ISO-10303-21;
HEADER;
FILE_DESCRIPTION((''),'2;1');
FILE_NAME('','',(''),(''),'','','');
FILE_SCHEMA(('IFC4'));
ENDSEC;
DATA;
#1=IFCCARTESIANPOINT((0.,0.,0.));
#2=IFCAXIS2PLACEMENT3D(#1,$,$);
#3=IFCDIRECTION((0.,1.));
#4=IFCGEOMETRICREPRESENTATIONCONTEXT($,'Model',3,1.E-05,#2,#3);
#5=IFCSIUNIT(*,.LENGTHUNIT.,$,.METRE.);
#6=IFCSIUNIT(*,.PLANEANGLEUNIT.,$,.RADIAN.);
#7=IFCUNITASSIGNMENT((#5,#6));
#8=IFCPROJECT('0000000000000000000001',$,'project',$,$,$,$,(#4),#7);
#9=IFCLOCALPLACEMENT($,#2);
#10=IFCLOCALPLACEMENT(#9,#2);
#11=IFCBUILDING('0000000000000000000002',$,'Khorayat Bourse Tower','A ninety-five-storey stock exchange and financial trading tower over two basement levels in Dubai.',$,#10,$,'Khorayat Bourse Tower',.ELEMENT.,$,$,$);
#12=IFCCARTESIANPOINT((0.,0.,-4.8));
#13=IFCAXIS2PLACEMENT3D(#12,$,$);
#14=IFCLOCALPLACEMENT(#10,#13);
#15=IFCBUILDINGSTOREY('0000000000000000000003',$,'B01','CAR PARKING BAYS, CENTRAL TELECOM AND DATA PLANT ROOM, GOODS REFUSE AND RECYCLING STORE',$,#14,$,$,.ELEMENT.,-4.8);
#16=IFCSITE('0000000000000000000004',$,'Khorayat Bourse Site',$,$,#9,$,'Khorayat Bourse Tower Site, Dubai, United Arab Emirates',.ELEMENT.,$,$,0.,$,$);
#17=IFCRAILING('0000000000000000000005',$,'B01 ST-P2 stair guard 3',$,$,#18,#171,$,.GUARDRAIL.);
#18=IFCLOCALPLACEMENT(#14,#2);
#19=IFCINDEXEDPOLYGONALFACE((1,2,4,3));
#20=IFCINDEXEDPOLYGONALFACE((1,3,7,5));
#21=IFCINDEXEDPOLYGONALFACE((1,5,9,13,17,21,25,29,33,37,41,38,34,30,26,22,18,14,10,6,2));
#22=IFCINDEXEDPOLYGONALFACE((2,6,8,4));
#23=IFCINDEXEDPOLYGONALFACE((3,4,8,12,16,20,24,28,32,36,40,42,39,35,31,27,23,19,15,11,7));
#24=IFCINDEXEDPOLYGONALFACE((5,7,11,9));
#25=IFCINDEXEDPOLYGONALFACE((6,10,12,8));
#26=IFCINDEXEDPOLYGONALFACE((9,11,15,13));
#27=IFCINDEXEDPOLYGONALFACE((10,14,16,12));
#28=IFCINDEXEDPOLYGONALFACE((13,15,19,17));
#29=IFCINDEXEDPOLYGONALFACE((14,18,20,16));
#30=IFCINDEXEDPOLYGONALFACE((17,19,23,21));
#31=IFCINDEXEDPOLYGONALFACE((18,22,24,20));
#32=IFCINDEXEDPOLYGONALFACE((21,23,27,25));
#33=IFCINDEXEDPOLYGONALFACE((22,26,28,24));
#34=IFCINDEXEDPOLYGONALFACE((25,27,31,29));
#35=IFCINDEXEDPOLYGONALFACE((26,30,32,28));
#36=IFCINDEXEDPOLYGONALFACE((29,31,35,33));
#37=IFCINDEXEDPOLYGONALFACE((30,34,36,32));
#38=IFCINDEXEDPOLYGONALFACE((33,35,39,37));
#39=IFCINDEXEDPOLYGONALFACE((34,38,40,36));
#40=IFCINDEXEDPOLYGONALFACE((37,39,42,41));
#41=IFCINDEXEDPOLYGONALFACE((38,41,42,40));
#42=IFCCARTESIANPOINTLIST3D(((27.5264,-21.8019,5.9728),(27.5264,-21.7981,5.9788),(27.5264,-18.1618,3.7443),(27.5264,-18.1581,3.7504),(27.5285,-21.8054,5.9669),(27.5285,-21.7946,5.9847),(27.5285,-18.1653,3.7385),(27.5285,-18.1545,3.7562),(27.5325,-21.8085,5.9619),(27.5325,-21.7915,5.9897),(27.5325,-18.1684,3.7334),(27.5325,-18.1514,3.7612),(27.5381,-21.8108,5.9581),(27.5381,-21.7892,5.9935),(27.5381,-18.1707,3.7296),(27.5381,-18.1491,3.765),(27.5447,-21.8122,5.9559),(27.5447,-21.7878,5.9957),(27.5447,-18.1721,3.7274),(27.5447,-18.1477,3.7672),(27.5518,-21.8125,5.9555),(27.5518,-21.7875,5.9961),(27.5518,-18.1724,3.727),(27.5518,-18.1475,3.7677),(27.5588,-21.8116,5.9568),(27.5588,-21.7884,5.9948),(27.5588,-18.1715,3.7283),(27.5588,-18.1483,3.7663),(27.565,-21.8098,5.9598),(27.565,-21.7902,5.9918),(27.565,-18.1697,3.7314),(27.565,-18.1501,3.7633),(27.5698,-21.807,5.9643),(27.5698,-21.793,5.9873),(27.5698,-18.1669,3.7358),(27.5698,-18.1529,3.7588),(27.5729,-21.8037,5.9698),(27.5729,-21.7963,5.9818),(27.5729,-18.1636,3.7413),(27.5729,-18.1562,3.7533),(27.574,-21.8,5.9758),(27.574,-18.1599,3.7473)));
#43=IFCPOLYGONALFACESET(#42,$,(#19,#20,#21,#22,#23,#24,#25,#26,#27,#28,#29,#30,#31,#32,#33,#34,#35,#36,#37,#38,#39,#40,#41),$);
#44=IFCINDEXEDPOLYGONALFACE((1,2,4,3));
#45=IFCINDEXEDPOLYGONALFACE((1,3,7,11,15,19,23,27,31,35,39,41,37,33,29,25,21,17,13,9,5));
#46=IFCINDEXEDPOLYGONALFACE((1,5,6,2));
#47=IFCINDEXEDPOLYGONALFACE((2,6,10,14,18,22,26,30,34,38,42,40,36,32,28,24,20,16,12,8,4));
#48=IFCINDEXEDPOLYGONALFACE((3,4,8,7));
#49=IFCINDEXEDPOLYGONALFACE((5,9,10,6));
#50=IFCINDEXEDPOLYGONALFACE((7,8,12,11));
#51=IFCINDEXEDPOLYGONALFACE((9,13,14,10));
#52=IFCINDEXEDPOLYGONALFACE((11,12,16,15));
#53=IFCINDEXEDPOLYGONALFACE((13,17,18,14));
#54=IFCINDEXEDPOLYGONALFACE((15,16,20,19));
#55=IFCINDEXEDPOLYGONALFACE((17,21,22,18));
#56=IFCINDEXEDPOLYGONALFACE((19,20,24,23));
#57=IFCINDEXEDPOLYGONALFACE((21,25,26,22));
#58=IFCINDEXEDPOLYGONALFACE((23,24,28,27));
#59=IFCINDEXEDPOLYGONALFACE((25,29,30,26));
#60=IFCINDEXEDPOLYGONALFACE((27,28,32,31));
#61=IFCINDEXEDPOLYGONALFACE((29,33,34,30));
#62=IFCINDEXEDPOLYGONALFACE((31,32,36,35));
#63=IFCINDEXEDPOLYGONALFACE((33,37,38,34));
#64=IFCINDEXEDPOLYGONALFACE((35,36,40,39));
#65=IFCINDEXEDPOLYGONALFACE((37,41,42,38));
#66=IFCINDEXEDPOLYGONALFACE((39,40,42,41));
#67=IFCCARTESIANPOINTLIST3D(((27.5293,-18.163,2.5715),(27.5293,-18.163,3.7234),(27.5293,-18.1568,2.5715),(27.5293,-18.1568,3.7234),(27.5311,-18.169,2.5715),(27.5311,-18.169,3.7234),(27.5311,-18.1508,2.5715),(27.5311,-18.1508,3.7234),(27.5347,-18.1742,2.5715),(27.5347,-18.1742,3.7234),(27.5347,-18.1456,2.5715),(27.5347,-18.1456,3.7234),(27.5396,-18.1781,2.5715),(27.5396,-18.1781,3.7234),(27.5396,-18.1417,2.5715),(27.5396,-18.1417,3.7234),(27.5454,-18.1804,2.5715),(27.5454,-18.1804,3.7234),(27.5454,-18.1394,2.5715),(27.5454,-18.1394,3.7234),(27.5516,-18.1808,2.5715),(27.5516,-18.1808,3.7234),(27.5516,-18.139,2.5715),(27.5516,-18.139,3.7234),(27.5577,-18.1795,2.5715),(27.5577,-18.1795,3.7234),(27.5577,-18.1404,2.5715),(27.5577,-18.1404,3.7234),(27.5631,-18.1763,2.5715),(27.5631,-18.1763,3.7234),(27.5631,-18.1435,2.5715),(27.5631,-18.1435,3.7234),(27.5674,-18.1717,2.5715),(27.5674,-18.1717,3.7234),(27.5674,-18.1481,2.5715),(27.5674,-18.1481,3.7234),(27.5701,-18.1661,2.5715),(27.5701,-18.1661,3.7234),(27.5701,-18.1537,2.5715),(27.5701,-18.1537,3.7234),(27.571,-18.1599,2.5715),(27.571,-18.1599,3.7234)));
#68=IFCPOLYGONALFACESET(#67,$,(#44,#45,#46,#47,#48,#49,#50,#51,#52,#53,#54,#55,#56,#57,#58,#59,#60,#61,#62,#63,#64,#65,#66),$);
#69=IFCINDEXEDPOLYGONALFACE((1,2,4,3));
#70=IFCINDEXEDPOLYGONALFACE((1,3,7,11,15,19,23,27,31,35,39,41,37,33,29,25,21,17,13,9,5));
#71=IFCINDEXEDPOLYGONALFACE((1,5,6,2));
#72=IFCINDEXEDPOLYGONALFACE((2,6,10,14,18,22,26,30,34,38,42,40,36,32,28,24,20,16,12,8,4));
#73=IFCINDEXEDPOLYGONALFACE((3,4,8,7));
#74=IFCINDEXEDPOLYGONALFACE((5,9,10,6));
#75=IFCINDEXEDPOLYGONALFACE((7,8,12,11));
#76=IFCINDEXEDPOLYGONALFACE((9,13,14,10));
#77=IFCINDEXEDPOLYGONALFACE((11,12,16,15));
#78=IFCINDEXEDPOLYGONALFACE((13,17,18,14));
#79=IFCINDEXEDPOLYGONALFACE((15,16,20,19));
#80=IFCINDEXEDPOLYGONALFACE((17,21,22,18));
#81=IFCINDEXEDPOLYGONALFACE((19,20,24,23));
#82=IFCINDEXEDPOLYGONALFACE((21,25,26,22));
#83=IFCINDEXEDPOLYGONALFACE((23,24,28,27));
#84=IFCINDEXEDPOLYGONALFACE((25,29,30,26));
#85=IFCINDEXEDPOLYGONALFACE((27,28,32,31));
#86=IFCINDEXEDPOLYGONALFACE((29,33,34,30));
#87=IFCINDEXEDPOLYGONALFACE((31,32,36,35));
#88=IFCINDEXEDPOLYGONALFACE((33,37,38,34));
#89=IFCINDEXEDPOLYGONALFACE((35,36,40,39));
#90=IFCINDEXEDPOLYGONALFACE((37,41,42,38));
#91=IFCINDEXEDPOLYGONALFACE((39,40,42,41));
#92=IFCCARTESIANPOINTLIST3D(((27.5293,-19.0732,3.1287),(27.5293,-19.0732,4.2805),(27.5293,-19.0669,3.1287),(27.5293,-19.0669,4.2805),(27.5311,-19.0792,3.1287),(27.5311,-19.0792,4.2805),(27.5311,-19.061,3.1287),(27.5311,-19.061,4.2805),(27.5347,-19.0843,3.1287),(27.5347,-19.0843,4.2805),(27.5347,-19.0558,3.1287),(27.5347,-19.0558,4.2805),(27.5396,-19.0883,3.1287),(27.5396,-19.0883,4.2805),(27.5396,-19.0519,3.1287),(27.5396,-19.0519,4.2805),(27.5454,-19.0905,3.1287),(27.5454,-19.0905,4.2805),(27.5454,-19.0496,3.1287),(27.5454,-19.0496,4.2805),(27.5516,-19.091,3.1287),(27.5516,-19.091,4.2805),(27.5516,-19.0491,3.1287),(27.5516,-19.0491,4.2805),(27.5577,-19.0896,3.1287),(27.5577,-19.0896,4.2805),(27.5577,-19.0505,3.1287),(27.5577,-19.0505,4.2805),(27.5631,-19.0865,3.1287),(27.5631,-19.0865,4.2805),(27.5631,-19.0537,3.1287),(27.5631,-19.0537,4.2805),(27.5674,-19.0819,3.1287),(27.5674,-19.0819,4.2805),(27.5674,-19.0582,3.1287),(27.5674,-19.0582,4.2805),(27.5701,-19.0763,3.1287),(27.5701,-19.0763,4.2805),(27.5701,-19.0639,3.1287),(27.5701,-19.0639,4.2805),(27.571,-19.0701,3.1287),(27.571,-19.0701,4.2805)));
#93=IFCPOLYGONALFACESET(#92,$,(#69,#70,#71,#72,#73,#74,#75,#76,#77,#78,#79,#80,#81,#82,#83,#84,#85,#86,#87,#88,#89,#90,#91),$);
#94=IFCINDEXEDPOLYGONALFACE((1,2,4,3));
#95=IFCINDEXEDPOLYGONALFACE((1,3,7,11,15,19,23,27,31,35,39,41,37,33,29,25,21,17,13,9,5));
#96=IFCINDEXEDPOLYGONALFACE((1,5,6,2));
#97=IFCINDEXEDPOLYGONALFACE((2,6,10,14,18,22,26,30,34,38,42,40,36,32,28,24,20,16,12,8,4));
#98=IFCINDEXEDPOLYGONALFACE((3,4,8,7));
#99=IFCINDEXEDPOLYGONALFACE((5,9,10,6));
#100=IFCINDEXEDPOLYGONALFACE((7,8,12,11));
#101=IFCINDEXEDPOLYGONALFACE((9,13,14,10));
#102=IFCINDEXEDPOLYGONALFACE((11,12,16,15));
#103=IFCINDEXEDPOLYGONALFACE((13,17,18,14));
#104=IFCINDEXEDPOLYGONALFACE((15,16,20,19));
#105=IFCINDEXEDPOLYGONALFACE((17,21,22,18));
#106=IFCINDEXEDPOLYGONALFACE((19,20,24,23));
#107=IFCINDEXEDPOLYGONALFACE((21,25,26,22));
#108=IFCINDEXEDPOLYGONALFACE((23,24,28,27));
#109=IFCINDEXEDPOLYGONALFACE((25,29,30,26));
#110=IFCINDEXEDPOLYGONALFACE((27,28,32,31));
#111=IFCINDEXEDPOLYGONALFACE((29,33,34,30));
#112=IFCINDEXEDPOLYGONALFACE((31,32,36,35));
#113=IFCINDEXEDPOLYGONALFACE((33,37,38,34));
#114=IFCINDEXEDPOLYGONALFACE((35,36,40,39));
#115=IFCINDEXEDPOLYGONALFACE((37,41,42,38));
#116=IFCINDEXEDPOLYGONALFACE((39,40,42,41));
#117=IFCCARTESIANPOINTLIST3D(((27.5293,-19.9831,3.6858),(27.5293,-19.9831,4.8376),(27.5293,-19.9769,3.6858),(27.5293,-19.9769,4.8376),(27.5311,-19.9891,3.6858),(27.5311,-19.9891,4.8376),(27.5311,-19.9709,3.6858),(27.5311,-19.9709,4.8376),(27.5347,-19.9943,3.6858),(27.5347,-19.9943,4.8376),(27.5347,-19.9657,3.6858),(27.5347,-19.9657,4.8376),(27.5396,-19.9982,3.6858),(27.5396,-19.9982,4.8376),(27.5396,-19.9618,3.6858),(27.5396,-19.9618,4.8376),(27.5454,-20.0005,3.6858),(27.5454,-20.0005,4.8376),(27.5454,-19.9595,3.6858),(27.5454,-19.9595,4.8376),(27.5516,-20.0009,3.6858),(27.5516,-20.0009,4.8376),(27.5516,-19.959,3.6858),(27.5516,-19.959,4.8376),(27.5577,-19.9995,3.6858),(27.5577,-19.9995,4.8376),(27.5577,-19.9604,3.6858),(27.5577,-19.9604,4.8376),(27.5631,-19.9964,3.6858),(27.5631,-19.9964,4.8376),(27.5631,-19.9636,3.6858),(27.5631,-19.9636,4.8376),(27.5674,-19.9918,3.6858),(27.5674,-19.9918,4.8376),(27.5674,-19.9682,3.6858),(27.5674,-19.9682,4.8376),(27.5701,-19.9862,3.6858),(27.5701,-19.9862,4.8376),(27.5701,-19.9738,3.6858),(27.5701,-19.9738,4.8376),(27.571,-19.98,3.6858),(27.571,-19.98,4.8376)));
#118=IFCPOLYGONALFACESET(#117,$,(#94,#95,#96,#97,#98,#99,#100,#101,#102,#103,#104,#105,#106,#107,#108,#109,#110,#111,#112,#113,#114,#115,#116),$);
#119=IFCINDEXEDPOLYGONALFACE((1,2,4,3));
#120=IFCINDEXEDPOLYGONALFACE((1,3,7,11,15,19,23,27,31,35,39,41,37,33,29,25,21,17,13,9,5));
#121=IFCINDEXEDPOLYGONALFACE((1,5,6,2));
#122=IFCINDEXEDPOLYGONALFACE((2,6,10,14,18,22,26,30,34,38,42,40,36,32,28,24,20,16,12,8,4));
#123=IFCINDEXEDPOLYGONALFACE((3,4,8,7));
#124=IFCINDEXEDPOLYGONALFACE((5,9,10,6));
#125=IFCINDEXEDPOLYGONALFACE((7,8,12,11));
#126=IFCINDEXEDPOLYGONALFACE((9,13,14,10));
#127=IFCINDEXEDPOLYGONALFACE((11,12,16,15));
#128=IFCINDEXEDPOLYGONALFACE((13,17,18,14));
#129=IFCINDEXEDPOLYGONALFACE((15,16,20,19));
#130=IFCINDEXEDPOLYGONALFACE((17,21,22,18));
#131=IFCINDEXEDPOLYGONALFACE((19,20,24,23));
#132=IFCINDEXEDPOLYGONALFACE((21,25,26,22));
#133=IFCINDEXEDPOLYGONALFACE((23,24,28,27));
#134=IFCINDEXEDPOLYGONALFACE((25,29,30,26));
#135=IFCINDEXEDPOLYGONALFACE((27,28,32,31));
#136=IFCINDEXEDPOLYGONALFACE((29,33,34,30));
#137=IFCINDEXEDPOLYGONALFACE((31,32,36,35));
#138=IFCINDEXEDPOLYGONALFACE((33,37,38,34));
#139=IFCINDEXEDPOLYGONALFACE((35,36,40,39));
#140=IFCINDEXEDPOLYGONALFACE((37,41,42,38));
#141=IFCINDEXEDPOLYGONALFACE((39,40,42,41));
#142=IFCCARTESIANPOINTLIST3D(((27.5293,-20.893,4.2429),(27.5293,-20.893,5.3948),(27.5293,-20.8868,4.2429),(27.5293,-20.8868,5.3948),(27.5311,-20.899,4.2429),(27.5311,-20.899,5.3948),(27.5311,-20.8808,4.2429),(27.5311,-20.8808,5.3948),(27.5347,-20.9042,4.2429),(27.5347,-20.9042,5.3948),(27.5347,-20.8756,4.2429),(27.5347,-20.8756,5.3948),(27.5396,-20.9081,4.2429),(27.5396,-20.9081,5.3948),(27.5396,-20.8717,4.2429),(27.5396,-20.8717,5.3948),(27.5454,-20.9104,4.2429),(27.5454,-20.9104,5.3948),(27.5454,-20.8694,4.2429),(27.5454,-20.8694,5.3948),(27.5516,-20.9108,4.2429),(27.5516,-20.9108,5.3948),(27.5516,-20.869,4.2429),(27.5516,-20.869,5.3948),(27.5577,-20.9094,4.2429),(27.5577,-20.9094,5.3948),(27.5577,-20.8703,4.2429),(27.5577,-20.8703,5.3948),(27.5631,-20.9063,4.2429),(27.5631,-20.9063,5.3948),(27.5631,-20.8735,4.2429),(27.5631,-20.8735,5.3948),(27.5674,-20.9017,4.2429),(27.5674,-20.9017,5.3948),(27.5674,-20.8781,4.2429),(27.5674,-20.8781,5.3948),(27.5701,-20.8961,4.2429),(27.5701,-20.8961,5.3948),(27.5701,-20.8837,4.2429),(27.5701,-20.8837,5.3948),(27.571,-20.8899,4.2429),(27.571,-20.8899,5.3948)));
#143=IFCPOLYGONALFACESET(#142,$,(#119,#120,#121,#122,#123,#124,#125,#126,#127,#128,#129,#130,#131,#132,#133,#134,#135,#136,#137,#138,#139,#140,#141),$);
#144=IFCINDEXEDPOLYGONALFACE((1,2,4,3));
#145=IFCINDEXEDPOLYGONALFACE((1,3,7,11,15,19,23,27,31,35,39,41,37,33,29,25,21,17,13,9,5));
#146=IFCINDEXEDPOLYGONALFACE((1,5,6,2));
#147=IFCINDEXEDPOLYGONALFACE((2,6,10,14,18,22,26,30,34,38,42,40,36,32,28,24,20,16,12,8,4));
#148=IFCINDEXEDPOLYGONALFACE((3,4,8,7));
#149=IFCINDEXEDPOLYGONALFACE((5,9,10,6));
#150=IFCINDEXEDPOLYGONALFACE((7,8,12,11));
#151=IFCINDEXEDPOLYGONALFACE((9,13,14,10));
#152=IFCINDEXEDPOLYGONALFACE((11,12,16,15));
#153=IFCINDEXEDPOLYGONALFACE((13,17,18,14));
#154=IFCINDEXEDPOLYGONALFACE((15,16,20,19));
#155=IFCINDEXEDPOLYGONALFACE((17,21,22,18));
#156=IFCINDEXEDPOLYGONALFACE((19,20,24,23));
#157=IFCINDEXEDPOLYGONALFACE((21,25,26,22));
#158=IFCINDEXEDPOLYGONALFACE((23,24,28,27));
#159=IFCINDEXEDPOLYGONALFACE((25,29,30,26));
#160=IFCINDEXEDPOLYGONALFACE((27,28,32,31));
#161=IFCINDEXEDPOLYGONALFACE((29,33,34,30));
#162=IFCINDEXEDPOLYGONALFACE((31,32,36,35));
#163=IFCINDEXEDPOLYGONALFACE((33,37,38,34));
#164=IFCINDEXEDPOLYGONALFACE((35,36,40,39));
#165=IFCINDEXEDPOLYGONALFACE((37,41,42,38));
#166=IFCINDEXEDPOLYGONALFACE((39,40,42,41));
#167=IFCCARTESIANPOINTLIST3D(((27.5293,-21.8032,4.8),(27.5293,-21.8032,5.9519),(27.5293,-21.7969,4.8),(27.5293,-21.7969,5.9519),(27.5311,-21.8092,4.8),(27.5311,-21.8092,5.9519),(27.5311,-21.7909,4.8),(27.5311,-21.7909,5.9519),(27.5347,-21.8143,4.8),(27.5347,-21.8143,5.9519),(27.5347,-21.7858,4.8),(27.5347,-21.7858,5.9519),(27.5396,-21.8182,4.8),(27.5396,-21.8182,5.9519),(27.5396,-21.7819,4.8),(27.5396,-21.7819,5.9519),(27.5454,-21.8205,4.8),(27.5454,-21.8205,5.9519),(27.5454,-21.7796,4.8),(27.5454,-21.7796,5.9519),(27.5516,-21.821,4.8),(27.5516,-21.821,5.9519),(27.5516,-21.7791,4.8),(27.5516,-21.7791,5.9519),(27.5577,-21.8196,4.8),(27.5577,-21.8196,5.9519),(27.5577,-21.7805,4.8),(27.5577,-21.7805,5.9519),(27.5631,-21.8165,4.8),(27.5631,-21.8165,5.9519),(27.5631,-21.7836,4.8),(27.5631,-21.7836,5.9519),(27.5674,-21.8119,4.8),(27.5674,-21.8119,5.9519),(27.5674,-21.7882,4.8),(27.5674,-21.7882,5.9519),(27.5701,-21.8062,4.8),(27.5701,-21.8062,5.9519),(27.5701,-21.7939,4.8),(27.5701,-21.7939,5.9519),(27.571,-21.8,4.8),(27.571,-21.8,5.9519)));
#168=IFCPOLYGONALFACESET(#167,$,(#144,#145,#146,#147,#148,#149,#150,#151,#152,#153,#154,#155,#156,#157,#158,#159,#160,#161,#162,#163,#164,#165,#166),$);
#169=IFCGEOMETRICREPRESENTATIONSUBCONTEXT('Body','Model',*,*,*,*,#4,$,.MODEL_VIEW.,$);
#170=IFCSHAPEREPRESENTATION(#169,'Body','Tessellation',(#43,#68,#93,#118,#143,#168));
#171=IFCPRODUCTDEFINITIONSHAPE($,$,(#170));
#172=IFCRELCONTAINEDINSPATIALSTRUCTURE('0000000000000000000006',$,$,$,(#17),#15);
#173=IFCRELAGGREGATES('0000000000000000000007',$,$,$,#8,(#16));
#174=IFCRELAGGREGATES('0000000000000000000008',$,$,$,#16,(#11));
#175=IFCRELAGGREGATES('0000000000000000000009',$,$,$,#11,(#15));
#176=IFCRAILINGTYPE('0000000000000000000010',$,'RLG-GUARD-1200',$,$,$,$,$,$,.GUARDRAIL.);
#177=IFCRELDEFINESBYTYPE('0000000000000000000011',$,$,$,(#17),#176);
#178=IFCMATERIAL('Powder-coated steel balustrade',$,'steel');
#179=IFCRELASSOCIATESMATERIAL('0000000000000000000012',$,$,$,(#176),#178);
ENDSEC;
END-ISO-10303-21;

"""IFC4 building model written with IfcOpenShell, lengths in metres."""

from ifc_helpers import new_model, si_unit, direction, frame, origin, origin_2d, place, context, subcontext, project, spatial, circle, extrude, source, transform, mapped, material, type_object, element, save


model = new_model("IFC4")

# Units and contexts
model_context = context("Model", 3, precision=1e-05, world=origin(), true_north=direction((0.0, 1.0)))
body_context = subcontext(model_context, "Body", "Model", "MODEL_VIEW")
ifc_project = project(units=[si_unit("LENGTHUNIT", "METRE"), si_unit("PLANEANGLEUNIT", "RADIAN")], contexts=[model_context])

# Site, building, storey
site_placement = place(None, origin())
site = spatial("IfcSite", under=ifc_project, at=site_placement, Name="Khorayat Bourse Site", LongName="Khorayat Bourse Tower Site, Dubai, United Arab Emirates", CompositionType="ELEMENT", RefElevation=0.0)
building_placement = place(site_placement, origin())
building = spatial("IfcBuilding", under=site, at=building_placement, Name="Khorayat Bourse Tower", Description="A ninety-five-storey stock exchange and financial trading tower over two basement levels in Dubai.", LongName="Khorayat Bourse Tower", CompositionType="ELEMENT")
storey_placement = place(building_placement, frame((0.0, 0.0, -4.8)))
storey = spatial("IfcBuildingStorey", under=building, at=storey_placement, Name="B01", Description="CAR PARKING BAYS, CENTRAL TELECOM AND DATA PLANT ROOM, GOODS REFUSE AND RECYCLING STORE", CompositionType="ELEMENT", Elevation=-4.8)

# Railing
ifc_material_1 = material(Name="Powder-coated steel balustrade", Category="steel")
railing_type_1 = type_object("IfcRailingType", Name="RLG-GUARD-1200", PredefinedType="GUARDRAIL", material=ifc_material_1)
shared_shape_1 = source(origin(), body_context, "Body", "SweptSolid", [
    extrude(circle(Radius=0.0239, at=origin_2d()), frame((0.0, 0.0, 1.1758), z_axis=(0.0, -0.852866, 0.52213), x_axis=(1.0, 0.0, 0.0)), (0.0, 0.0, 1.0), 4.2681),
    extrude(circle(Radius=0.021, at=origin_2d()), origin(), (0.0, 0.0, 1.0), 1.1519),
    extrude(circle(Radius=0.021, at=origin_2d()), frame((0.0, -0.9102, 0.5571)), (0.0, 0.0, 1.0), 1.1519),
    extrude(circle(Radius=0.021, at=origin_2d()), frame((0.0, -1.8201, 1.1143)), (0.0, 0.0, 1.0), 1.1519),
    extrude(circle(Radius=0.021, at=origin_2d()), frame((0.0, -2.73, 1.6714)), (0.0, 0.0, 1.0), 1.1519),
    extrude(circle(Radius=0.021, at=origin_2d()), frame((0.0, -3.6401, 2.2285)), (0.0, 0.0, 1.0), 1.1519),
])
railing_1_placement = place(storey_placement, frame((27.55, -18.1599, 2.5715)))
element("IfcRailing", 1, at=railing_1_placement, inside=storey, type_object=railing_type_1, Name="B01 ST-P2 stair guard 3", PredefinedType="GUARDRAIL", context=body_context, shape_type="MappedRepresentation", body=[
    mapped(shared_shape_1, transform((0.0, 0.0, 0.0), scale=1.0)),
])

save(model, "model.ifc")
